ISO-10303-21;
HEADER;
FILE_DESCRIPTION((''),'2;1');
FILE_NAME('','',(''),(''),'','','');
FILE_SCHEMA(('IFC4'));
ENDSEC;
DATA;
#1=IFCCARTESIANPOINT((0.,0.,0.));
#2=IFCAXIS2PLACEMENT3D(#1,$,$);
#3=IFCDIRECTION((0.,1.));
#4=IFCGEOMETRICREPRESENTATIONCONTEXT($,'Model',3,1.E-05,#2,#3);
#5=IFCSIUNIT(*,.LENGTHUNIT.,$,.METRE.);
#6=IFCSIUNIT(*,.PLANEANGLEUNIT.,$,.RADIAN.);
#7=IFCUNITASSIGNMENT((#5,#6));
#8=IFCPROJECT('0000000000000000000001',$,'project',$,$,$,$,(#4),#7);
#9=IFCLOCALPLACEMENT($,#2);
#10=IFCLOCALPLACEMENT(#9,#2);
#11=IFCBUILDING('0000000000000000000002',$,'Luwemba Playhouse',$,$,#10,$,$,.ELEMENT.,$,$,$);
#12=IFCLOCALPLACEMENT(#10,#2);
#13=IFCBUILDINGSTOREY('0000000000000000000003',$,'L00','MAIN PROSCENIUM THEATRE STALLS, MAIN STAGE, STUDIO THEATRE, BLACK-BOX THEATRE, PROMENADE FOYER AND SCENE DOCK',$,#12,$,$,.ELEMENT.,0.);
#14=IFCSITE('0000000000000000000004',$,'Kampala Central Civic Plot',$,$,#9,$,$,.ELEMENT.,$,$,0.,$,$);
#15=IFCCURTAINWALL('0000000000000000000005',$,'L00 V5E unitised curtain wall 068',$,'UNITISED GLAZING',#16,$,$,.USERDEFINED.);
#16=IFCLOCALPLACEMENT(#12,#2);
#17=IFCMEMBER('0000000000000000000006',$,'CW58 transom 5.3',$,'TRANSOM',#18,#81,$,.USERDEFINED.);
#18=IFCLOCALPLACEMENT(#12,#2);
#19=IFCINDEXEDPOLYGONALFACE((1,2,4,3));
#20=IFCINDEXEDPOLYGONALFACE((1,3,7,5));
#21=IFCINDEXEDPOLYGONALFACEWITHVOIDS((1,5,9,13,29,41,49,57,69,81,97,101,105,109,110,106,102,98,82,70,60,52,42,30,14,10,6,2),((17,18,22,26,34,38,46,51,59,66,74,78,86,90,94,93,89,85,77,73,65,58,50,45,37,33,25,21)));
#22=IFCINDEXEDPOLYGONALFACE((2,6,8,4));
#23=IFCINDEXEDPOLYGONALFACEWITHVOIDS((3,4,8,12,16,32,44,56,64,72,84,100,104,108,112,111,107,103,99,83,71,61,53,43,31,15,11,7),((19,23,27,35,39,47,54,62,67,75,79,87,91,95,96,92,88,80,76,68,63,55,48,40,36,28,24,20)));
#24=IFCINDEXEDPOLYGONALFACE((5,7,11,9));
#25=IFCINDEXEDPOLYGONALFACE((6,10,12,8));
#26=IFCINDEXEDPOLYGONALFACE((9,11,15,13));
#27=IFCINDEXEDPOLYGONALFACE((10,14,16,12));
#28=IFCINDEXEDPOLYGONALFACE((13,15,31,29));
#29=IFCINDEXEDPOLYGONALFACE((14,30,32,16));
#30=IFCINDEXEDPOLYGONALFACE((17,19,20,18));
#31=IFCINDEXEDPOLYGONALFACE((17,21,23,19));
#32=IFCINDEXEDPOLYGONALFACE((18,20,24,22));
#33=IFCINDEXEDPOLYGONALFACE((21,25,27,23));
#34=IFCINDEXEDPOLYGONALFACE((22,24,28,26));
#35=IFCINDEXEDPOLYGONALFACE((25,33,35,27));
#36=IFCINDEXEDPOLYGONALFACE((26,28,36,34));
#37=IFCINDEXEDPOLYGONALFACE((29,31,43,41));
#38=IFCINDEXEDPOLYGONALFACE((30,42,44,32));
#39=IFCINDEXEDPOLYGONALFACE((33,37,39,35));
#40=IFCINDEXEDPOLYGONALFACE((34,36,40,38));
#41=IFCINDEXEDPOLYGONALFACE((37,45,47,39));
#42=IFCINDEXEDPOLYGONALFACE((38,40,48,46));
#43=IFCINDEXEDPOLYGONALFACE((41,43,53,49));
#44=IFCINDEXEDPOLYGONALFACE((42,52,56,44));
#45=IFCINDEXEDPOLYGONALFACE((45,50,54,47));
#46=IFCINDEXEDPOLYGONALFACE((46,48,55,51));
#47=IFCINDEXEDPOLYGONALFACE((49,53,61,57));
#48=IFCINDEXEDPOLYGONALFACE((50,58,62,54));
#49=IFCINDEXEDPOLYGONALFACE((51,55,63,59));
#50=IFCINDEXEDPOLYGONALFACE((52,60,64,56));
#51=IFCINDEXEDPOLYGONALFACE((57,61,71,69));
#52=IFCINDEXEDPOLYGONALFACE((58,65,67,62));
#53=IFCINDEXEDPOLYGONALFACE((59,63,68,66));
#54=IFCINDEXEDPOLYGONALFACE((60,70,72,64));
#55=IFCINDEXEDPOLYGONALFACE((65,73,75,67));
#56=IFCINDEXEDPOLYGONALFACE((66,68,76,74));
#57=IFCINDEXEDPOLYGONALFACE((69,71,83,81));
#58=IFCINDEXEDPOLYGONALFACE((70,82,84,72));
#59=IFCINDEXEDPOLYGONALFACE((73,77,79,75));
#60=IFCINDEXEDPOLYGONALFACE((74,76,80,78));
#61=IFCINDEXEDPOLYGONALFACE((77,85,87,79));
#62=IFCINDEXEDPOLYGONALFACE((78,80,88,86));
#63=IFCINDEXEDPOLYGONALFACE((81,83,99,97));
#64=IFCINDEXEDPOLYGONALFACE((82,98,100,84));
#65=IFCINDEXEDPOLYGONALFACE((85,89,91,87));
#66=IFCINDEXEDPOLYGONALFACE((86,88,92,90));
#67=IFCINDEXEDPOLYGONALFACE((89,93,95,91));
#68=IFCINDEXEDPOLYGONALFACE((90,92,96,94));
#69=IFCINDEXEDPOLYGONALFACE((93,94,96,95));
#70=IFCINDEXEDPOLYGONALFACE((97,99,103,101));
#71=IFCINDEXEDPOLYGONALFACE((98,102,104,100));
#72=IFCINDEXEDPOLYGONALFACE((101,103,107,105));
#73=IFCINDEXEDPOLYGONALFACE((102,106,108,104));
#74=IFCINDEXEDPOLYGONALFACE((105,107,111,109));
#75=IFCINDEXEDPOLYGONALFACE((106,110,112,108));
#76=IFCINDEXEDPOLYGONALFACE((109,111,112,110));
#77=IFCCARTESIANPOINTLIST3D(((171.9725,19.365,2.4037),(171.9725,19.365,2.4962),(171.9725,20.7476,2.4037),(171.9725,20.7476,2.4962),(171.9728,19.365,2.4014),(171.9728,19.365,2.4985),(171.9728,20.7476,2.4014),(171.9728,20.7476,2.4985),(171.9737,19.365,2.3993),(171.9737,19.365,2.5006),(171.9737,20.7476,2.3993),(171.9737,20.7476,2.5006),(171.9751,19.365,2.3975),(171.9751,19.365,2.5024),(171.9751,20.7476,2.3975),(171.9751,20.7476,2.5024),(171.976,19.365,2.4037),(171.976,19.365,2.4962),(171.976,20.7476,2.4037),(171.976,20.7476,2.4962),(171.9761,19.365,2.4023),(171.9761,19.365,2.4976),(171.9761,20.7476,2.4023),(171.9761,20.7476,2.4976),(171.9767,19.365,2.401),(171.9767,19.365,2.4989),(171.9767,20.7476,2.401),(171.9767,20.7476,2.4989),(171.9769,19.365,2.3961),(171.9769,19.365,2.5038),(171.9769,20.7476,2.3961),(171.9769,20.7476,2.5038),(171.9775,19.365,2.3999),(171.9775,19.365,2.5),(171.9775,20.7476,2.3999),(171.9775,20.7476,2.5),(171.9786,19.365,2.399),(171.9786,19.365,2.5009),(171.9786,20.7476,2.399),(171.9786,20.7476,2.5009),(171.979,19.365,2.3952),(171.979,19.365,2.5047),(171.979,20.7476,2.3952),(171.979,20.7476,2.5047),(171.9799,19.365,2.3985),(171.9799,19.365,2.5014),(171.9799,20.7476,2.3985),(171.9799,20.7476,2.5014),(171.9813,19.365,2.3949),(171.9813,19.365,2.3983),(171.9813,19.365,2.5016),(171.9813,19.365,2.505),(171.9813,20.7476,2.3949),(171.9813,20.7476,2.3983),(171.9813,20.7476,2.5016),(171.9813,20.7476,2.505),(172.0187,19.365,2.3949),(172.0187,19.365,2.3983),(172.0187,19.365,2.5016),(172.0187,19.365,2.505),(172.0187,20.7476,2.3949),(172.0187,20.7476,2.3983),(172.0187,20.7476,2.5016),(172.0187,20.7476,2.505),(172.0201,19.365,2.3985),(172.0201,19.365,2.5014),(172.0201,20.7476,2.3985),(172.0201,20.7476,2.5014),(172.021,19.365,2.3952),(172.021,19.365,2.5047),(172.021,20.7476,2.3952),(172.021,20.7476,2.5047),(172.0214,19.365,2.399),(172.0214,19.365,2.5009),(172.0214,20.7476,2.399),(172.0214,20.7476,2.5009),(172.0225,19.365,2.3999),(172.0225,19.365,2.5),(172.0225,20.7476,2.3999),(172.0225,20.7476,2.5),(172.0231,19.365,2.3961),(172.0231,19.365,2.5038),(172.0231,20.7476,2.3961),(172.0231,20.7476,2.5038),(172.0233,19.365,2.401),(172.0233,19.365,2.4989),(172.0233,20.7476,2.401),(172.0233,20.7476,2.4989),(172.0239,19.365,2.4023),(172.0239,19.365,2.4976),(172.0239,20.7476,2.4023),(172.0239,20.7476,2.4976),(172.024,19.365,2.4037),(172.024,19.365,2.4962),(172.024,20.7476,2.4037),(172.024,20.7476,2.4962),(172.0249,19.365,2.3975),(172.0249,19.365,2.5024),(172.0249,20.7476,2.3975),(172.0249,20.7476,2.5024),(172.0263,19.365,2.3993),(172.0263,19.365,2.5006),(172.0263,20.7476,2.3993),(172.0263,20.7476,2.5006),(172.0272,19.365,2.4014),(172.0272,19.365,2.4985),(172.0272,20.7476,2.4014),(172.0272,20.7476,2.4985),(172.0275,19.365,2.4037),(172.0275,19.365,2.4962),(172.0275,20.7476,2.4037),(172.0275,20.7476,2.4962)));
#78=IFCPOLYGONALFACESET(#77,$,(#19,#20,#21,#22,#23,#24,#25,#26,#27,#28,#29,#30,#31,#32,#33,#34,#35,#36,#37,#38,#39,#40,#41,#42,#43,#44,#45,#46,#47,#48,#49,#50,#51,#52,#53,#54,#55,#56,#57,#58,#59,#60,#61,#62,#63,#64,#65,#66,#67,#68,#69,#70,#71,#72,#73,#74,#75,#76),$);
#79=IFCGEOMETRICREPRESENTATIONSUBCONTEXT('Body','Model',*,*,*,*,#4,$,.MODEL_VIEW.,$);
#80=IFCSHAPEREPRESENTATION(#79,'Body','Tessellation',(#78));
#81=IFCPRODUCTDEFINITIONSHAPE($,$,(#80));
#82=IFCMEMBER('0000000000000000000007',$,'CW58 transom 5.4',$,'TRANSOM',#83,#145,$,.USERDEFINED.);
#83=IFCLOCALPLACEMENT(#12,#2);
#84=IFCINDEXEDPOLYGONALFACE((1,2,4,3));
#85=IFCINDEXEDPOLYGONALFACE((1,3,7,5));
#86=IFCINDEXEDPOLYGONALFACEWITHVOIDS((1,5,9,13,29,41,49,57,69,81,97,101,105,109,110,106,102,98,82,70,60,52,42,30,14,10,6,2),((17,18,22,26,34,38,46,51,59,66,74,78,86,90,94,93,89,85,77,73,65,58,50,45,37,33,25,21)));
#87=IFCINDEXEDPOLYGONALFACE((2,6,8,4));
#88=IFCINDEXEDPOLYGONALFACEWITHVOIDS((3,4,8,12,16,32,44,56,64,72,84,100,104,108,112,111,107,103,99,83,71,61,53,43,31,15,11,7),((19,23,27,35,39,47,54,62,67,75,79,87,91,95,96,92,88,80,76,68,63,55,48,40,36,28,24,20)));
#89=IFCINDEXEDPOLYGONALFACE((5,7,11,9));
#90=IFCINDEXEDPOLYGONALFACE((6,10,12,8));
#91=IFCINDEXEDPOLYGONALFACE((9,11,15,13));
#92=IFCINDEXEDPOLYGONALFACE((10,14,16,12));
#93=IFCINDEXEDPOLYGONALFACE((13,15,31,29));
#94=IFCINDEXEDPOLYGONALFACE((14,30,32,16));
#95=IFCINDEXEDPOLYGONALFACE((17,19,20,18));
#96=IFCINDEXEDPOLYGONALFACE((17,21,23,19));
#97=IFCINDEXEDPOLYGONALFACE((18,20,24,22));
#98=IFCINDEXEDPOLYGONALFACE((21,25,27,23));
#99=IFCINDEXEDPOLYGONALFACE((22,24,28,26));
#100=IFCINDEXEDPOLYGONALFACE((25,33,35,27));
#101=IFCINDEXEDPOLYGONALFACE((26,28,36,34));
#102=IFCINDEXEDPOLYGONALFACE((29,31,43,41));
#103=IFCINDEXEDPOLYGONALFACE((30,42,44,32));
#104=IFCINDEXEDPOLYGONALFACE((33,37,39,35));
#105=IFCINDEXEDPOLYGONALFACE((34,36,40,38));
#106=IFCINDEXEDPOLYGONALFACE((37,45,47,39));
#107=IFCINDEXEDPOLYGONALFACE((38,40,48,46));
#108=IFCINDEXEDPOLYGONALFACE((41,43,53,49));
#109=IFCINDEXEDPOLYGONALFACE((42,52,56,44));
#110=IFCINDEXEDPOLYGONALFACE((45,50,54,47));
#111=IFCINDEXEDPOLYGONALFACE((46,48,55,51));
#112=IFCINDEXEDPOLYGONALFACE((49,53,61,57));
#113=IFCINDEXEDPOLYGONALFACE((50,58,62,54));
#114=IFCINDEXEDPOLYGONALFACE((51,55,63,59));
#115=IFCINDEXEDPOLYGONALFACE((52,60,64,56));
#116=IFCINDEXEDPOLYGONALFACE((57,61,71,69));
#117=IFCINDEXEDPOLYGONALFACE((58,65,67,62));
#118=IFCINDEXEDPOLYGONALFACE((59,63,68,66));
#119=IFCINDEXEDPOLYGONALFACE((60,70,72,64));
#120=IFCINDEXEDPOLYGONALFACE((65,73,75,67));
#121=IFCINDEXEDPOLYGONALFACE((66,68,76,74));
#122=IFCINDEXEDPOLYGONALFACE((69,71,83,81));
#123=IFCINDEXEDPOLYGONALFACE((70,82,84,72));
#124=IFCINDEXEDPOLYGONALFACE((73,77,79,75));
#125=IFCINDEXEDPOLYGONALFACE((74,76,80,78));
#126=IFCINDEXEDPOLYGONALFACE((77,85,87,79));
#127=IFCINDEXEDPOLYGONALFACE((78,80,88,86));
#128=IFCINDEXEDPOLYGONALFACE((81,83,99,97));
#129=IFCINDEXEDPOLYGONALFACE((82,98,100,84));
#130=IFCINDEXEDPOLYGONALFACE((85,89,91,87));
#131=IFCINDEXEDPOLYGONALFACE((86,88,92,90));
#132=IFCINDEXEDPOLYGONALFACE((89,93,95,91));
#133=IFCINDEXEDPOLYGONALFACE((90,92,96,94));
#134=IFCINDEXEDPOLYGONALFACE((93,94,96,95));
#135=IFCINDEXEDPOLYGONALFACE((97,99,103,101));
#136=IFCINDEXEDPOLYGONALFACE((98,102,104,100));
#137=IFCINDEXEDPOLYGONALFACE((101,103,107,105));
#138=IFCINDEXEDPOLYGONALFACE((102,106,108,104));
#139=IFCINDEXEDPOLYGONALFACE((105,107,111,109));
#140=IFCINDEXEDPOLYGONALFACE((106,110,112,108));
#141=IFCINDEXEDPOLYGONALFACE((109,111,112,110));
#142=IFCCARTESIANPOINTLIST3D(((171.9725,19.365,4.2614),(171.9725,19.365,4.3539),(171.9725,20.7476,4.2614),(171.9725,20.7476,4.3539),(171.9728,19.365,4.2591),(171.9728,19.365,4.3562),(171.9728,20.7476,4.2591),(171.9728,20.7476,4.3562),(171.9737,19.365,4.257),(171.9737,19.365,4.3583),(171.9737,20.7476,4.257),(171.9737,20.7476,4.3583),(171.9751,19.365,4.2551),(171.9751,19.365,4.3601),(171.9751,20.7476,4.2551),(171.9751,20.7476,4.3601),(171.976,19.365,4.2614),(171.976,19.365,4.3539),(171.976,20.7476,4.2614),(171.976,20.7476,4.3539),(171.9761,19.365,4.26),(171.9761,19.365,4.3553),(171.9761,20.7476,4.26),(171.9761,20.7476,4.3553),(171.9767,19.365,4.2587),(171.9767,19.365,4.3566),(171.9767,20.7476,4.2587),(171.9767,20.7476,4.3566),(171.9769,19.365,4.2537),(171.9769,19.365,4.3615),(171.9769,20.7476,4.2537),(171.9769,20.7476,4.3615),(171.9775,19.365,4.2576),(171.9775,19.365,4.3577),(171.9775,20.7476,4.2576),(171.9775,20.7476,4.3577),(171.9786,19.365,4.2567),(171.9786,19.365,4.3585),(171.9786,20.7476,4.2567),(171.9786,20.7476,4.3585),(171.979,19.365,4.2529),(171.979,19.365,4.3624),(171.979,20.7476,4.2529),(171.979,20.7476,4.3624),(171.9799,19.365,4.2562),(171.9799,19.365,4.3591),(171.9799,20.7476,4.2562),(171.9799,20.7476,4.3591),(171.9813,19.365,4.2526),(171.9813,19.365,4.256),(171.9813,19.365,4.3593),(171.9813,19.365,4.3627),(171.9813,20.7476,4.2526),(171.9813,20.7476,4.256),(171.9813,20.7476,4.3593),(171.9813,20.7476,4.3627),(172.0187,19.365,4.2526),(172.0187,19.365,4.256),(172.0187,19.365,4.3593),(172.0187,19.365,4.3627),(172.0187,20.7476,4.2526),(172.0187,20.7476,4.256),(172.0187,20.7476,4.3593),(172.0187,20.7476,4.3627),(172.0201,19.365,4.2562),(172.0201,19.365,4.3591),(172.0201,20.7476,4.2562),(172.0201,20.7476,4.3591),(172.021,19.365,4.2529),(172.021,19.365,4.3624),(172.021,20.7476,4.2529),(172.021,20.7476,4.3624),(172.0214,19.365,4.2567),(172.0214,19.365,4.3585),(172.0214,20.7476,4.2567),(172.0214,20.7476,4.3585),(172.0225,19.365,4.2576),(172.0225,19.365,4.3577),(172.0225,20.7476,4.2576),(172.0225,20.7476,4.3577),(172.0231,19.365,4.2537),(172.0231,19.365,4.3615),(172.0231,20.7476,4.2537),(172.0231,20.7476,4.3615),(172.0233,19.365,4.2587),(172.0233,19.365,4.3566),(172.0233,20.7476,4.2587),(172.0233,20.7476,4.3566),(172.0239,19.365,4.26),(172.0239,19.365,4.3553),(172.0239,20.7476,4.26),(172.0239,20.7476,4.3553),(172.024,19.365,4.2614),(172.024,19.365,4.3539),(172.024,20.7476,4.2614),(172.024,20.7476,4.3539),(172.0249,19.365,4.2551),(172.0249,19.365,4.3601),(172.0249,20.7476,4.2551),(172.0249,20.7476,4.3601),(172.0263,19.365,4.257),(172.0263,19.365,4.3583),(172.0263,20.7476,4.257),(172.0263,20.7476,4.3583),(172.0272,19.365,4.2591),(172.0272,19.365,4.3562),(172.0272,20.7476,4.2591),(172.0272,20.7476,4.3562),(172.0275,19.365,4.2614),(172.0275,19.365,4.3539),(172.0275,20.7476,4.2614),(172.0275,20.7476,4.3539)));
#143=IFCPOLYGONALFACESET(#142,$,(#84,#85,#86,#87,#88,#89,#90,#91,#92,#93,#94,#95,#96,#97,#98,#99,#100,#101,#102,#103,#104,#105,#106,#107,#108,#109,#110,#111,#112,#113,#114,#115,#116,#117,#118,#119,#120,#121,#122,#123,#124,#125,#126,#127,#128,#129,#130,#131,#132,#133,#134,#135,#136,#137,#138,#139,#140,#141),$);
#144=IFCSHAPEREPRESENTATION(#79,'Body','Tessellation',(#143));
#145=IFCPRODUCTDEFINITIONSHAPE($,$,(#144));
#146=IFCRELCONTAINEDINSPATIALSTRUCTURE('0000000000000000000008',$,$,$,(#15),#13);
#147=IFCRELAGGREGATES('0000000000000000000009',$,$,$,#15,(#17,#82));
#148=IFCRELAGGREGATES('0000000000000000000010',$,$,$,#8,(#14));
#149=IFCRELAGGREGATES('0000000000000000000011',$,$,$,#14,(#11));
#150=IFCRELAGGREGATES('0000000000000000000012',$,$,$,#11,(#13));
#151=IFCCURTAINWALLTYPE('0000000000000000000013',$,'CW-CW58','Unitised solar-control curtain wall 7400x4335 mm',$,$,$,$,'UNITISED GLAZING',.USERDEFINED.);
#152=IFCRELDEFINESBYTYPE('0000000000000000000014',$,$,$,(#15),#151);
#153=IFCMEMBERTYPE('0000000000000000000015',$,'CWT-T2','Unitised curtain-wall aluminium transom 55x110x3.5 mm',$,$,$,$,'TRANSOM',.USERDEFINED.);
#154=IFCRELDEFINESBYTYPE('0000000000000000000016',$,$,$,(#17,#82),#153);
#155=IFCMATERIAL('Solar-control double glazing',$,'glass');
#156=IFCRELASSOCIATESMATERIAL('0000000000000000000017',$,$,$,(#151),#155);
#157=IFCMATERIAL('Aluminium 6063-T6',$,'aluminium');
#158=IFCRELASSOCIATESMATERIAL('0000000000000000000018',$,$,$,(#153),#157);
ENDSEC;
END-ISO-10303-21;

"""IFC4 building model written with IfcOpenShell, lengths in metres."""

from ifc_helpers import new_model, si_unit, direction, frame, origin, origin_2d, place, context, subcontext, project, spatial, hollow_rectangle, extrude, material, material_profile, profile_set, type_object, element, aggregate, save


model = new_model("IFC4")

# Units and contexts
model_context = context("Model", 3, precision=1e-05, world=origin(), true_north=direction((0.0, 1.0)))
body_context = subcontext(model_context, "Body", "Model", "MODEL_VIEW")
ifc_project = project(units=[si_unit("LENGTHUNIT", "METRE"), si_unit("PLANEANGLEUNIT", "RADIAN")], contexts=[model_context])

# Site, building, storey
site_placement = place(None, origin())
site = spatial("IfcSite", under=ifc_project, at=site_placement, Name="Kampala Central Civic Plot", CompositionType="ELEMENT", RefElevation=0.0)
building_placement = place(site_placement, origin())
building = spatial("IfcBuilding", under=site, at=building_placement, Name="Luwemba Playhouse", CompositionType="ELEMENT")
storey_placement = place(building_placement, origin())
storey = spatial("IfcBuildingStorey", under=building, at=storey_placement, Name="L00", Description="MAIN PROSCENIUM THEATRE STALLS, MAIN STAGE, STUDIO THEATRE, BLACK-BOX THEATRE, PROMENADE FOYER AND SCENE DOCK", CompositionType="ELEMENT", Elevation=0.0)

# Curtain wall
ifc_material_1 = material(Name="Solar-control double glazing", Category="glass")
curtain_wall_type_1 = type_object("IfcCurtainWallType", Name="CW-CW58", Description="Unitised solar-control curtain wall 7400x4335 mm", ElementType="UNITISED GLAZING", PredefinedType="USERDEFINED", material=ifc_material_1)
curtain_wall_1_placement = place(storey_placement, origin())
curtain_wall_1 = element("IfcCurtainWall", 1, at=curtain_wall_1_placement, inside=storey, type_object=curtain_wall_type_1, Name="L00 V5E unitised curtain wall 068", ObjectType="UNITISED GLAZING", PredefinedType="USERDEFINED")
ifc_material_2 = material(Name="Aluminium 6063-T6", Category="aluminium")

# Members
ifc_material_profile_1 = material_profile(ifc_material_2, hollow_rectangle(XDim=0.0549, YDim=0.1101, WallThickness=0.0034, InnerFilletRadius=0.0054, OuterFilletRadius=0.0088, at=origin_2d()))
ifc_profile_set_1 = profile_set([ifc_material_profile_1], Name="Aluminium 6063-T6")
member_type_1 = type_object("IfcMemberType", Name="CWT-T2", Description="Unitised curtain-wall aluminium transom 55x110x3.5 mm", ElementType="TRANSOM", PredefinedType="USERDEFINED", material=ifc_profile_set_1)
member_1_placement = place(storey_placement, frame((172.0, 20.7476, 2.45), z_axis=(0.0, -1.0, 0.0), x_axis=(1.0, 0.0, 0.0)))
member_1 = element("IfcMember", 2, at=member_1_placement, type_object=member_type_1, Name="CW58 transom 5.3", ObjectType="TRANSOM", PredefinedType="USERDEFINED", context=body_context, shape_type="SweptSolid", body=[
    extrude(hollow_rectangle(XDim=0.0549, YDim=0.1101, WallThickness=0.0034, InnerFilletRadius=0.0054, OuterFilletRadius=0.0088, at=origin_2d()), origin(), (0.0, 0.0, 1.0), 1.3826),
])
member_2_placement = place(storey_placement, frame((172.0, 20.7476, 4.3076), z_axis=(0.0, -1.0, 0.0), x_axis=(1.0, 0.0, 0.0)))
member_2 = element("IfcMember", 3, at=member_2_placement, type_object=member_type_1, Name="CW58 transom 5.4", ObjectType="TRANSOM", PredefinedType="USERDEFINED", context=body_context, shape_type="SweptSolid", body=[
    extrude(hollow_rectangle(XDim=0.0549, YDim=0.1101, WallThickness=0.0034, InnerFilletRadius=0.0054, OuterFilletRadius=0.0088, at=origin_2d()), origin(), (0.0, 0.0, 1.0), 1.3826),
])

aggregate(curtain_wall_1, [member_1, member_2])

save(model, "model.ifc")
